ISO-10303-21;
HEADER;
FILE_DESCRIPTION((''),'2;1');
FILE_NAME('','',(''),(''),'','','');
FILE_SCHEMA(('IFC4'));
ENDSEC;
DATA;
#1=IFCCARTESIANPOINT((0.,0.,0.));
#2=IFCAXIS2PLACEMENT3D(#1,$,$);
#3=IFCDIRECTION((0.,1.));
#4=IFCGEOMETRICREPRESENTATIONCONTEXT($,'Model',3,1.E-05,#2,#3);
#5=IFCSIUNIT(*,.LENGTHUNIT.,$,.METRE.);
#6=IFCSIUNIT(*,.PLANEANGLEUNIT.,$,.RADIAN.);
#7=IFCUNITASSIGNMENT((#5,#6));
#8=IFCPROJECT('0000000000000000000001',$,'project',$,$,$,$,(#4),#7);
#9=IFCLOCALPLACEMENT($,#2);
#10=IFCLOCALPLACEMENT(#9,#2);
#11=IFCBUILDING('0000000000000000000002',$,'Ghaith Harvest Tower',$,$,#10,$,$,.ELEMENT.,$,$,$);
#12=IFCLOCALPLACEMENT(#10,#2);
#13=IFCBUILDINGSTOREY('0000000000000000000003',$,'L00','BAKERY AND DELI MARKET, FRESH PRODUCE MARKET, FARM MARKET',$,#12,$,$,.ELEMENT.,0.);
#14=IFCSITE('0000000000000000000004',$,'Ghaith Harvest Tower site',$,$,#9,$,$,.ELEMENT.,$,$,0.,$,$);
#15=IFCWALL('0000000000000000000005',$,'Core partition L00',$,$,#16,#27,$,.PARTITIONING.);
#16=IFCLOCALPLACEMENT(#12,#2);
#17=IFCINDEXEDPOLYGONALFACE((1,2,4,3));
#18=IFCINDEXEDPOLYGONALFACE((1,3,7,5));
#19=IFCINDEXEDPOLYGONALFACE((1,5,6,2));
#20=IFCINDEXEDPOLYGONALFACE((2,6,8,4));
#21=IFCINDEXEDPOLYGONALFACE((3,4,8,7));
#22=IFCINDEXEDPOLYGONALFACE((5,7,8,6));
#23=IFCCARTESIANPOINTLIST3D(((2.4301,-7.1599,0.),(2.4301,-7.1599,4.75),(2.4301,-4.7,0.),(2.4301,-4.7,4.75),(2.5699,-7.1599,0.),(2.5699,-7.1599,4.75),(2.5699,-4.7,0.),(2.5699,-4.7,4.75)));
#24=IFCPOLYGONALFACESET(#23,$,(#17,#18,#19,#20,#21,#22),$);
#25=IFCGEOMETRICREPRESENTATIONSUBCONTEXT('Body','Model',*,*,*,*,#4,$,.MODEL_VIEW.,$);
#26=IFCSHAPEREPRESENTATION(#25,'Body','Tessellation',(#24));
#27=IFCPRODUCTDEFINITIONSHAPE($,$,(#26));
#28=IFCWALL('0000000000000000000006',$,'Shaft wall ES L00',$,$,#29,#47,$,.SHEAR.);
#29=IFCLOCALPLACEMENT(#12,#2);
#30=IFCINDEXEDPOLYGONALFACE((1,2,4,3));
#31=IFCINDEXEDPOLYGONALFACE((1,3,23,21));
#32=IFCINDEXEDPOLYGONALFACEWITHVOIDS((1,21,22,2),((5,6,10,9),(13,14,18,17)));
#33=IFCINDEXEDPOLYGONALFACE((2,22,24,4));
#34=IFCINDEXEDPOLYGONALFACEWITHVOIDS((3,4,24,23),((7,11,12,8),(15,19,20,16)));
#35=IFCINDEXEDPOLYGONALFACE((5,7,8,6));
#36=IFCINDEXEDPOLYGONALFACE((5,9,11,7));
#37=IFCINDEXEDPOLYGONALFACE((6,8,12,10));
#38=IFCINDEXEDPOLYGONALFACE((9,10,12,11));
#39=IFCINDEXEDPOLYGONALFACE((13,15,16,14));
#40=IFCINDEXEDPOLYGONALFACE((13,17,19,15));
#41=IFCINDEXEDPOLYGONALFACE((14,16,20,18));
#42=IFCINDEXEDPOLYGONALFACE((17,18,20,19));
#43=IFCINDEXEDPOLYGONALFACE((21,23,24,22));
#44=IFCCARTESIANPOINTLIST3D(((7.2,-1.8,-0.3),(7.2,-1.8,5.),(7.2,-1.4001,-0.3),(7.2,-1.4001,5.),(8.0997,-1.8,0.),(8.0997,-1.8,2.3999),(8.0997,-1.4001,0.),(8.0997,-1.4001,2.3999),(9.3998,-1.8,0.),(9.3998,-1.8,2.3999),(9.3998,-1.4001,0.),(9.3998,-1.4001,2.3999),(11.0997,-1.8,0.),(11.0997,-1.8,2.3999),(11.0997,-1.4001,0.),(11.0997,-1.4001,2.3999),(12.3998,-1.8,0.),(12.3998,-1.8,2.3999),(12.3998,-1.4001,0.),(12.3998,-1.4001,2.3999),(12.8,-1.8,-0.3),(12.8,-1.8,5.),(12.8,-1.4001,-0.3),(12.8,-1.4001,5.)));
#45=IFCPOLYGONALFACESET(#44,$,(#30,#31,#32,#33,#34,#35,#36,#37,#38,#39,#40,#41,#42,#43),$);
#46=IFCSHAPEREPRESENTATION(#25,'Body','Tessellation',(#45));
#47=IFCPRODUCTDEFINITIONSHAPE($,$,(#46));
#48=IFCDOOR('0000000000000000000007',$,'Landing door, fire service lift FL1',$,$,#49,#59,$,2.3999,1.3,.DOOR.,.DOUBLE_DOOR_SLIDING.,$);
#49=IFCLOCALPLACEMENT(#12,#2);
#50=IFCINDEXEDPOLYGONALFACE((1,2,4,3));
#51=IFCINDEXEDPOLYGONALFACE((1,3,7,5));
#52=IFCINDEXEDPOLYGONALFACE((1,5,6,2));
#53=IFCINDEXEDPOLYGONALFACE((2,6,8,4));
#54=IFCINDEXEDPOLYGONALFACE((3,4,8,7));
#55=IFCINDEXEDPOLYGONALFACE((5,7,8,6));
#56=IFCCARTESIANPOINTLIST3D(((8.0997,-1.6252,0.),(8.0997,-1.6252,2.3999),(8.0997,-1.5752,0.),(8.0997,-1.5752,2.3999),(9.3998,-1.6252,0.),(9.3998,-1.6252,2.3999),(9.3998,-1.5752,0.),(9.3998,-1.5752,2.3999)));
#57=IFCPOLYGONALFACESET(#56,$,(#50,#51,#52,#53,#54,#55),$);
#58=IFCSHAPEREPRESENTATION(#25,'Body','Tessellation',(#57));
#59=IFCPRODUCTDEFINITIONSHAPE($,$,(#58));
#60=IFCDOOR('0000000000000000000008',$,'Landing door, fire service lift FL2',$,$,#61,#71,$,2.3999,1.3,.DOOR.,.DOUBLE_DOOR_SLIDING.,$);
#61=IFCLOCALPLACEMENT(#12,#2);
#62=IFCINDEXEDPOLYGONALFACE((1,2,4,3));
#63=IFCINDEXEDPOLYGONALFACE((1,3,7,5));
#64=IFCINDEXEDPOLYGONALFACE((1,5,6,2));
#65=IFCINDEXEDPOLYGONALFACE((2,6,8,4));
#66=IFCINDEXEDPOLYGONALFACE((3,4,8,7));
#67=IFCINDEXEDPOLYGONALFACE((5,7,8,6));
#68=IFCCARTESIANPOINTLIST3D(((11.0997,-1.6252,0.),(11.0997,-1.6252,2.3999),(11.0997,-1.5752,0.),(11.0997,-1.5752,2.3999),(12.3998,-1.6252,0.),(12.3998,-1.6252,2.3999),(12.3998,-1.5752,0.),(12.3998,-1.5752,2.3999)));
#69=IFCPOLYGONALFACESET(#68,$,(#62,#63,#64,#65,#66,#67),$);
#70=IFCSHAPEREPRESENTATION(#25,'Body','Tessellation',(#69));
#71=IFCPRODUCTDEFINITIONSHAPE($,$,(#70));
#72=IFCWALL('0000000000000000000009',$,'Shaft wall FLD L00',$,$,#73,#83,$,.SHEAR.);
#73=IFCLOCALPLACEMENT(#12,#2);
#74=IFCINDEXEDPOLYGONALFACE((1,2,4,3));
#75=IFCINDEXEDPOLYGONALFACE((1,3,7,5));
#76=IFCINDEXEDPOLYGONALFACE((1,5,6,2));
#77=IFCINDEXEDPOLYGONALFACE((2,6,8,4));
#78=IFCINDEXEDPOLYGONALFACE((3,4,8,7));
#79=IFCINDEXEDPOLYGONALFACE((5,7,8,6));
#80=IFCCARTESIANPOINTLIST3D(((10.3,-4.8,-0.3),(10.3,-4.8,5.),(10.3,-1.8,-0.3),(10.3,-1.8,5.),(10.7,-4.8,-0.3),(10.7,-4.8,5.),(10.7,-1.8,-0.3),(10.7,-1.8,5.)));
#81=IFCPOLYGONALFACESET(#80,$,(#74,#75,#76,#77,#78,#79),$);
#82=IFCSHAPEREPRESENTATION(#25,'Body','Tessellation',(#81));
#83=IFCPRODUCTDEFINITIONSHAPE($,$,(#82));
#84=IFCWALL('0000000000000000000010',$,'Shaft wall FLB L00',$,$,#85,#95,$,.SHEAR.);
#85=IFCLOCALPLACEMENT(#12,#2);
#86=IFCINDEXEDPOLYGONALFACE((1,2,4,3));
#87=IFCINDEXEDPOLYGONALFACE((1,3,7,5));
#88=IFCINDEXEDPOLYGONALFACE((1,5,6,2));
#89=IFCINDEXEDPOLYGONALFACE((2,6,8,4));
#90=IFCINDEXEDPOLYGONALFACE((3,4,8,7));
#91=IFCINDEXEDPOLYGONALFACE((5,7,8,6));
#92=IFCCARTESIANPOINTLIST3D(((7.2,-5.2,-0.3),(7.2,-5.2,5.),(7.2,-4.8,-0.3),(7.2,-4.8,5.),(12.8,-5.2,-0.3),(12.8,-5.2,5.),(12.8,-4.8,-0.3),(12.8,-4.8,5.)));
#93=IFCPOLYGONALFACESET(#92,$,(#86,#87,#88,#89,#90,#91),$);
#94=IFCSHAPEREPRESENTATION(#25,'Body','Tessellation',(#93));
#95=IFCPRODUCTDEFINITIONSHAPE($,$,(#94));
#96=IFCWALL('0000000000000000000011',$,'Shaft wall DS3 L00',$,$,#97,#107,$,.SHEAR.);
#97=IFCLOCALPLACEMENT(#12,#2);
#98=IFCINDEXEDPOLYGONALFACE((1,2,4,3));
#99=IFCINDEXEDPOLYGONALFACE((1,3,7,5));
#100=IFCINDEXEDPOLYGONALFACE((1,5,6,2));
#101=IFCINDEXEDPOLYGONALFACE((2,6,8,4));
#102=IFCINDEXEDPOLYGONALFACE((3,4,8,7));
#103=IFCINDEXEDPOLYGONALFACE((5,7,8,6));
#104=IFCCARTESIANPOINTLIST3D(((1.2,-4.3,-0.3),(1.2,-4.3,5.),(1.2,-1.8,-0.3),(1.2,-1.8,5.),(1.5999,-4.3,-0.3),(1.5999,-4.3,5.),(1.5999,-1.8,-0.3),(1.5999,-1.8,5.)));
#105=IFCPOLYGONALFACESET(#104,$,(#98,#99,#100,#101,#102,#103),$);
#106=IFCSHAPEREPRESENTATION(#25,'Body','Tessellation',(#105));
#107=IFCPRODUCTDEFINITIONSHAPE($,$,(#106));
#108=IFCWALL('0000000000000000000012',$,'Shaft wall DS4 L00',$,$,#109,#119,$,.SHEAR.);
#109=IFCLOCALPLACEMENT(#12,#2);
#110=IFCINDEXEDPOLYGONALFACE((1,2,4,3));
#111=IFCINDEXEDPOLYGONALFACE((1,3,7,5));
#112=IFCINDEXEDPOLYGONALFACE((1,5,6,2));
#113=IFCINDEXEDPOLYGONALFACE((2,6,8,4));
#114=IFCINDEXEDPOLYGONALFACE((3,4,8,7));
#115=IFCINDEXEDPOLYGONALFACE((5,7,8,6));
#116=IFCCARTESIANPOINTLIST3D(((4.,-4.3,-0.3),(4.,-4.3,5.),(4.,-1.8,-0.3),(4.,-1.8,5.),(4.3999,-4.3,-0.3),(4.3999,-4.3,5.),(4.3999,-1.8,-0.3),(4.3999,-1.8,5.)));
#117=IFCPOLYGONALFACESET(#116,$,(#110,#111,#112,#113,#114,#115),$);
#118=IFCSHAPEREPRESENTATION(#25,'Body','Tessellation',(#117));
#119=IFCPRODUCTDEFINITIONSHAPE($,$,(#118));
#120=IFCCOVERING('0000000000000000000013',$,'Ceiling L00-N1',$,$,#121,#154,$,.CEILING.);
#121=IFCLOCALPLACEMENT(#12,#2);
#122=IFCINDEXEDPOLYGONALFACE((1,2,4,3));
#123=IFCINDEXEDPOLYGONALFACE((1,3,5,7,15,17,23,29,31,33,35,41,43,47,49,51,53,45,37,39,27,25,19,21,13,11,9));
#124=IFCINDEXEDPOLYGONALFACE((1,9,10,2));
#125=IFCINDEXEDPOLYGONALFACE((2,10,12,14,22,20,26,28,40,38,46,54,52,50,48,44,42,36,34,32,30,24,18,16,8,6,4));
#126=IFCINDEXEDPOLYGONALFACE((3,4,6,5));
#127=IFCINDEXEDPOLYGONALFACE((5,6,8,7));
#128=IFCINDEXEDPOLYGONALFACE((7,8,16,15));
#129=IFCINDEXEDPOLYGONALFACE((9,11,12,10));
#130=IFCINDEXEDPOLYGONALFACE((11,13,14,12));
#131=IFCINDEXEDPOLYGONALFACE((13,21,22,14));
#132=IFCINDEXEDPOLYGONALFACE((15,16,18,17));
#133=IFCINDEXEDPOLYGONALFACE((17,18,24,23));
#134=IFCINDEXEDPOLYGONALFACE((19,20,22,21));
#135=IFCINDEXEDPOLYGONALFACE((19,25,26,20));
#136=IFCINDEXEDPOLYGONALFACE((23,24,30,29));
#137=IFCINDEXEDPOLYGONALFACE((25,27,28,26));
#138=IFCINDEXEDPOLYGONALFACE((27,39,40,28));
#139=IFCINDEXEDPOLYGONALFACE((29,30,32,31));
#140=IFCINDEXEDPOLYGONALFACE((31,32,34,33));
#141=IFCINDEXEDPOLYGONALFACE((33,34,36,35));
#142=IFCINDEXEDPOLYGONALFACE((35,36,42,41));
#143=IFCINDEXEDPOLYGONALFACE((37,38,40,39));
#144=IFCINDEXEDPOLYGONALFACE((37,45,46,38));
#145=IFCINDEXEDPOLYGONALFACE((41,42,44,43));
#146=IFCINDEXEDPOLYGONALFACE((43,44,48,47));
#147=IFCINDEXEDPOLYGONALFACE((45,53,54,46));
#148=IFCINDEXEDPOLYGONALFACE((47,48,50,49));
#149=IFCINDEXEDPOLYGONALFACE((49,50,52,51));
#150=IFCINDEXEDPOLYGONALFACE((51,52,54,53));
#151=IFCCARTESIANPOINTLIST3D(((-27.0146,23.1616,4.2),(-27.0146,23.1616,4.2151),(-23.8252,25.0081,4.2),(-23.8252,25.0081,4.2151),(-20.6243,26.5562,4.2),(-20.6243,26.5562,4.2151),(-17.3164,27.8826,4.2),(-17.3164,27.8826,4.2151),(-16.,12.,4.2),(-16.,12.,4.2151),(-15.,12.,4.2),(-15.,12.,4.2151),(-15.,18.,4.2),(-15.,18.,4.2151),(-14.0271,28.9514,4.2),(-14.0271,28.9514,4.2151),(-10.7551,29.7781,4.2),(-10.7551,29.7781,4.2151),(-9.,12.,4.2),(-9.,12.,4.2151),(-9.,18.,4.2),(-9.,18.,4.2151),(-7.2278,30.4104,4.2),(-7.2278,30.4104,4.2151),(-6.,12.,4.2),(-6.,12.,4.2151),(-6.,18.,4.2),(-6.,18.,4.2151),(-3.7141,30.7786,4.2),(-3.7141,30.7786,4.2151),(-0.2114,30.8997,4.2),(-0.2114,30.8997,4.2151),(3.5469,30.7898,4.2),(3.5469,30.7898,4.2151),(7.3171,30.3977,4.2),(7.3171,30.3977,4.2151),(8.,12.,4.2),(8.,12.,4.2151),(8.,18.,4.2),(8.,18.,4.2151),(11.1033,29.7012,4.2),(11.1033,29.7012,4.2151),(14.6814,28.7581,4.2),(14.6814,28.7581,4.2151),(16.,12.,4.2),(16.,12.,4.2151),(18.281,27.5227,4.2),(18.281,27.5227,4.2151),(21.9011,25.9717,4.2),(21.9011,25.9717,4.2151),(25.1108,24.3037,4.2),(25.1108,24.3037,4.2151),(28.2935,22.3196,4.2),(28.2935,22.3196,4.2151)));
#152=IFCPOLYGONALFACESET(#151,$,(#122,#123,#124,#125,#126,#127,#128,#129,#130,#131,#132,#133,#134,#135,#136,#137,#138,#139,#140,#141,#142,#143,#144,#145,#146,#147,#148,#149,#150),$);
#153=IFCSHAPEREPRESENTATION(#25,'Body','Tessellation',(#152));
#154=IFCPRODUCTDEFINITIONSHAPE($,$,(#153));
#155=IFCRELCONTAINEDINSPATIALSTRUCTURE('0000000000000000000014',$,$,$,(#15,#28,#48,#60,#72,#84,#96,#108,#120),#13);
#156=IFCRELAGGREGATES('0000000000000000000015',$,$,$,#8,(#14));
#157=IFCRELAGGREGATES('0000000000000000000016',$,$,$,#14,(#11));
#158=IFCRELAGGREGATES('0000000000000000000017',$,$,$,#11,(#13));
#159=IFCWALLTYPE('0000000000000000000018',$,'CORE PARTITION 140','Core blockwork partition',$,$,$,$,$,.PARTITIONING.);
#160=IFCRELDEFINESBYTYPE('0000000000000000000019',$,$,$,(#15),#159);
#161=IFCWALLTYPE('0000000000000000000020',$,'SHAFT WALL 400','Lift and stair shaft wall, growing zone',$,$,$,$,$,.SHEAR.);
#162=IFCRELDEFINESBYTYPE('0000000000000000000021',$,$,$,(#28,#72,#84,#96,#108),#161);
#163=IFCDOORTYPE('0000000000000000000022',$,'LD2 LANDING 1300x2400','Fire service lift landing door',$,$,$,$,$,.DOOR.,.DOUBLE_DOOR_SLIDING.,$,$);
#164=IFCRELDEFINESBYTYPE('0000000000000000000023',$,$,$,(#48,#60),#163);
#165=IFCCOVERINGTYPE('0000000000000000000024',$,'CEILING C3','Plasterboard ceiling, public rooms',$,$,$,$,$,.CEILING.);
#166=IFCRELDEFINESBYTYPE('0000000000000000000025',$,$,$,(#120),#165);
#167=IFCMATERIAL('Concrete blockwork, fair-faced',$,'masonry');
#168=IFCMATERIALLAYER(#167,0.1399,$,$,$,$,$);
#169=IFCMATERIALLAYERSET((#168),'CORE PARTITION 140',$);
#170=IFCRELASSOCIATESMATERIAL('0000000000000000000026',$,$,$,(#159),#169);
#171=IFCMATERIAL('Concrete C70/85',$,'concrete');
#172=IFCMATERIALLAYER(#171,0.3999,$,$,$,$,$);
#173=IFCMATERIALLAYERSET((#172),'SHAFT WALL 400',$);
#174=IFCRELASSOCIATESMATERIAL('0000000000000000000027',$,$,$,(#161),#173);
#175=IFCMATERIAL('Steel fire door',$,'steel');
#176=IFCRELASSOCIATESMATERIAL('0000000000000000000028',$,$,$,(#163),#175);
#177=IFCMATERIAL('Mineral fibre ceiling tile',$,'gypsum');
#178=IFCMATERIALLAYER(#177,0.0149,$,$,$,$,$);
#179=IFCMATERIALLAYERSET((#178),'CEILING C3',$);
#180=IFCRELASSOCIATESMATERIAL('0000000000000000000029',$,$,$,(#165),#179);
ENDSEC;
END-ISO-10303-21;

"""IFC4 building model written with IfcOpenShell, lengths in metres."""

from ifc_helpers import new_model, si_unit, direction, frame, frame_2d, origin, place, context, subcontext, project, spatial, polyline, rectangle, outline, extrude, material, layer, layer_set, type_object, element, fill, save


model = new_model("IFC4")

# Units and contexts
model_context = context("Model", 3, precision=1e-05, world=origin(), true_north=direction((0.0, 1.0)))
body_context = subcontext(model_context, "Body", "Model", "MODEL_VIEW")
ifc_project = project(units=[si_unit("LENGTHUNIT", "METRE"), si_unit("PLANEANGLEUNIT", "RADIAN")], contexts=[model_context])

# Site, building, storey
site_placement = place(None, origin())
site = spatial("IfcSite", under=ifc_project, at=site_placement, Name="Ghaith Harvest Tower site", CompositionType="ELEMENT", RefElevation=0.0)
building_placement = place(site_placement, origin())
building = spatial("IfcBuilding", under=site, at=building_placement, Name="Ghaith Harvest Tower", CompositionType="ELEMENT")
storey_placement = place(building_placement, origin())
storey = spatial("IfcBuildingStorey", under=building, at=storey_placement, Name="L00", Description="BAKERY AND DELI MARKET, FRESH PRODUCE MARKET, FARM MARKET", CompositionType="ELEMENT", Elevation=0.0)

# Wall
ifc_material_1 = material(Name="Concrete blockwork, fair-faced", Category="masonry")
ifc_layer_1 = layer(ifc_material_1, 0.1399)
ifc_layer_set_1 = layer_set([ifc_layer_1], Name="CORE PARTITION 140")
wall_type_1 = type_object("IfcWallType", Name="CORE PARTITION 140", Description="Core blockwork partition", PredefinedType="PARTITIONING", material=ifc_layer_set_1)
wall_1_placement = place(storey_placement, frame((2.5, -4.7, 0.0), z_axis=(0.0, 0.0, 1.0), x_axis=(0.0, -1.0, 0.0)))
element("IfcWall", 1, at=wall_1_placement, inside=storey, type_object=wall_type_1, Name="Core partition L00", PredefinedType="PARTITIONING", context=body_context, shape_type="SweptSolid", body=[
    extrude(rectangle(XDim=2.46, YDim=0.1399, at=frame_2d((1.23, 0.0))), origin(), (0.0, 0.0, 1.0), 4.75),
])

# Wall, openings, doors
ifc_material_2 = material(Name="Concrete C70/85", Category="concrete")
ifc_layer_2 = layer(ifc_material_2, 0.3999)
ifc_layer_set_2 = layer_set([ifc_layer_2], Name="SHAFT WALL 400")
wall_type_2 = type_object("IfcWallType", Name="SHAFT WALL 400", Description="Lift and stair shaft wall, growing zone", PredefinedType="SHEAR", material=ifc_layer_set_2)
wall_2_placement = place(storey_placement, frame((7.2, -1.6001, -0.3), z_axis=(0.0, 0.0, 1.0), x_axis=(1.0, 0.0, 0.0)))
wall_2 = element("IfcWall", 2, at=wall_2_placement, inside=storey, type_object=wall_type_2, Name="Shaft wall ES L00", PredefinedType="SHEAR", context=body_context, shape_type="SweptSolid", body=[
    extrude(rectangle(XDim=5.6001, YDim=0.3999, at=frame_2d((2.8, 0.0))), origin(), (0.0, 0.0, 1.0), 5.3),
])
opening_1_placement = place(wall_2_placement, frame((0.8999, 0.0, 0.3)))
opening_1 = element("IfcOpeningElement", 3, at=opening_1_placement, cuts=wall_2, PredefinedType="OPENING", context=body_context, shape_type="SweptSolid", body=[
    extrude(rectangle(XDim=1.3, YDim=2.3999, at=frame_2d((0.6499, 1.2))), frame((0.0, 0.21, 0.0), z_axis=(0.0, -1.0, 0.0), x_axis=(1.0, 0.0, 0.0)), (0.0, 0.0, 1.0), 0.4199),
])
opening_2_placement = place(wall_2_placement, frame((3.8999, 0.0, 0.3)))
opening_2 = element("IfcOpeningElement", 4, at=opening_2_placement, cuts=wall_2, PredefinedType="OPENING", context=body_context, shape_type="SweptSolid", body=[
    extrude(rectangle(XDim=1.3, YDim=2.3999, at=frame_2d((0.6499, 1.2))), frame((0.0, 0.21, 0.0), z_axis=(0.0, -1.0, 0.0), x_axis=(1.0, 0.0, 0.0)), (0.0, 0.0, 1.0), 0.4199),
])
ifc_material_3 = material(Name="Steel fire door", Category="steel")
door_type = type_object("IfcDoorType", Name="LD2 LANDING 1300x2400", Description="Fire service lift landing door", OperationType="DOUBLE_DOOR_SLIDING", PredefinedType="DOOR", material=ifc_material_3)
door_1_placement = place(opening_1_placement, origin())
door_1 = element("IfcDoor", 5, at=door_1_placement, inside=storey, type_object=door_type, Name="Landing door, fire service lift FL1", OperationType="DOUBLE_DOOR_SLIDING", OverallHeight=2.3999, OverallWidth=1.3, PredefinedType="DOOR", context=body_context, shape_type="SweptSolid", body=[
    extrude(rectangle(XDim=1.3, YDim=2.3999, at=frame_2d((0.6499, 1.2))), frame((0.0, 0.0249, 0.0), z_axis=(0.0, -1.0, 0.0), x_axis=(1.0, 0.0, 0.0)), (0.0, 0.0, 1.0), 0.05),
])
fill(opening_1, door_1)
door_2_placement = place(opening_2_placement, origin())
door_2 = element("IfcDoor", 6, at=door_2_placement, inside=storey, type_object=door_type, Name="Landing door, fire service lift FL2", OperationType="DOUBLE_DOOR_SLIDING", OverallHeight=2.3999, OverallWidth=1.3, PredefinedType="DOOR", context=body_context, shape_type="SweptSolid", body=[
    extrude(rectangle(XDim=1.3, YDim=2.3999, at=frame_2d((0.6499, 1.2))), frame((0.0, 0.0249, 0.0), z_axis=(0.0, -1.0, 0.0), x_axis=(1.0, 0.0, 0.0)), (0.0, 0.0, 1.0), 0.05),
])
fill(opening_2, door_2)

# Walls
wall_3_placement = place(storey_placement, frame((10.5, -4.8, -0.3), z_axis=(0.0, 0.0, 1.0), x_axis=(0.0, 1.0, 0.0)))
element("IfcWall", 7, at=wall_3_placement, inside=storey, type_object=wall_type_2, Name="Shaft wall FLD L00", PredefinedType="SHEAR", context=body_context, shape_type="SweptSolid", body=[
    extrude(rectangle(XDim=3.0, YDim=0.3999, at=frame_2d((1.5, 0.0))), origin(), (0.0, 0.0, 1.0), 5.3),
])
wall_4_placement = place(storey_placement, frame((7.2, -5.0, -0.3), z_axis=(0.0, 0.0, 1.0), x_axis=(1.0, 0.0, 0.0)))
element("IfcWall", 8, at=wall_4_placement, inside=storey, type_object=wall_type_2, Name="Shaft wall FLB L00", PredefinedType="SHEAR", context=body_context, shape_type="SweptSolid", body=[
    extrude(rectangle(XDim=5.6001, YDim=0.3999, at=frame_2d((2.8, 0.0))), origin(), (0.0, 0.0, 1.0), 5.3),
])
for number, where, z_axis, x_axis, name in (
    (9, (1.3999, -4.3, -0.3), (0.0, 0.0, 1.0), (0.0, 1.0, 0.0), "Shaft wall DS3 L00"),
    (10, (4.2, -4.3, -0.3), (0.0, 0.0, 1.0), (0.0, 1.0, 0.0), "Shaft wall DS4 L00"),
):
    element("IfcWall", number, at=place(storey_placement, frame(where, z_axis=z_axis, x_axis=x_axis)), inside=storey, type_object=wall_type_2, Name=name, PredefinedType="SHEAR", context=body_context, shape_type="SweptSolid", body=[
        extrude(rectangle(XDim=2.5, YDim=0.3999, at=frame_2d((1.25, 0.0))), origin(), (0.0, 0.0, 1.0), 5.3),
    ])

# Covering
ifc_material_4 = material(Name="Mineral fibre ceiling tile", Category="gypsum")
ifc_layer_3 = layer(ifc_material_4, 0.0149)
ifc_layer_set_3 = layer_set([ifc_layer_3], Name="CEILING C3")
covering_type = type_object("IfcCoveringType", Name="CEILING C3", Description="Plasterboard ceiling, public rooms", PredefinedType="CEILING", material=ifc_layer_set_3)
covering_1_placement = place(storey_placement, frame((0.0, 0.0, 4.2)))
element("IfcCovering", 11, at=covering_1_placement, inside=storey, type_object=covering_type, Name="Ceiling L00-N1", PredefinedType="CEILING", context=body_context, shape_type="SweptSolid", body=[
    extrude(outline(polyline([(16.0, 12.0), (8.0, 12.0), (8.0, 18.0), (-6.0, 18.0), (-6.0, 12.0), (-9.0, 12.0), (-9.0, 18.0), (-15.0, 18.0), (-15.0, 12.0), (-16.0, 12.0), (-27.0146, 23.1616), (-23.8252, 25.0081), (-20.6243, 26.5562), (-17.3164, 27.8826), (-14.0271, 28.9514), (-10.7551, 29.7781), (-7.2278, 30.4104), (-3.7141, 30.7786), (-0.2114, 30.8997), (3.5469, 30.7898), (7.3171, 30.3977), (11.1033, 29.7012), (14.6814, 28.7581), (18.281, 27.5227), (21.9011, 25.9717), (25.1108, 24.3037), (28.2935, 22.3196), (16.0, 12.0)])), origin(), (0.0, 0.0, 1.0), 0.0151),
])

save(model, "model.ifc")
